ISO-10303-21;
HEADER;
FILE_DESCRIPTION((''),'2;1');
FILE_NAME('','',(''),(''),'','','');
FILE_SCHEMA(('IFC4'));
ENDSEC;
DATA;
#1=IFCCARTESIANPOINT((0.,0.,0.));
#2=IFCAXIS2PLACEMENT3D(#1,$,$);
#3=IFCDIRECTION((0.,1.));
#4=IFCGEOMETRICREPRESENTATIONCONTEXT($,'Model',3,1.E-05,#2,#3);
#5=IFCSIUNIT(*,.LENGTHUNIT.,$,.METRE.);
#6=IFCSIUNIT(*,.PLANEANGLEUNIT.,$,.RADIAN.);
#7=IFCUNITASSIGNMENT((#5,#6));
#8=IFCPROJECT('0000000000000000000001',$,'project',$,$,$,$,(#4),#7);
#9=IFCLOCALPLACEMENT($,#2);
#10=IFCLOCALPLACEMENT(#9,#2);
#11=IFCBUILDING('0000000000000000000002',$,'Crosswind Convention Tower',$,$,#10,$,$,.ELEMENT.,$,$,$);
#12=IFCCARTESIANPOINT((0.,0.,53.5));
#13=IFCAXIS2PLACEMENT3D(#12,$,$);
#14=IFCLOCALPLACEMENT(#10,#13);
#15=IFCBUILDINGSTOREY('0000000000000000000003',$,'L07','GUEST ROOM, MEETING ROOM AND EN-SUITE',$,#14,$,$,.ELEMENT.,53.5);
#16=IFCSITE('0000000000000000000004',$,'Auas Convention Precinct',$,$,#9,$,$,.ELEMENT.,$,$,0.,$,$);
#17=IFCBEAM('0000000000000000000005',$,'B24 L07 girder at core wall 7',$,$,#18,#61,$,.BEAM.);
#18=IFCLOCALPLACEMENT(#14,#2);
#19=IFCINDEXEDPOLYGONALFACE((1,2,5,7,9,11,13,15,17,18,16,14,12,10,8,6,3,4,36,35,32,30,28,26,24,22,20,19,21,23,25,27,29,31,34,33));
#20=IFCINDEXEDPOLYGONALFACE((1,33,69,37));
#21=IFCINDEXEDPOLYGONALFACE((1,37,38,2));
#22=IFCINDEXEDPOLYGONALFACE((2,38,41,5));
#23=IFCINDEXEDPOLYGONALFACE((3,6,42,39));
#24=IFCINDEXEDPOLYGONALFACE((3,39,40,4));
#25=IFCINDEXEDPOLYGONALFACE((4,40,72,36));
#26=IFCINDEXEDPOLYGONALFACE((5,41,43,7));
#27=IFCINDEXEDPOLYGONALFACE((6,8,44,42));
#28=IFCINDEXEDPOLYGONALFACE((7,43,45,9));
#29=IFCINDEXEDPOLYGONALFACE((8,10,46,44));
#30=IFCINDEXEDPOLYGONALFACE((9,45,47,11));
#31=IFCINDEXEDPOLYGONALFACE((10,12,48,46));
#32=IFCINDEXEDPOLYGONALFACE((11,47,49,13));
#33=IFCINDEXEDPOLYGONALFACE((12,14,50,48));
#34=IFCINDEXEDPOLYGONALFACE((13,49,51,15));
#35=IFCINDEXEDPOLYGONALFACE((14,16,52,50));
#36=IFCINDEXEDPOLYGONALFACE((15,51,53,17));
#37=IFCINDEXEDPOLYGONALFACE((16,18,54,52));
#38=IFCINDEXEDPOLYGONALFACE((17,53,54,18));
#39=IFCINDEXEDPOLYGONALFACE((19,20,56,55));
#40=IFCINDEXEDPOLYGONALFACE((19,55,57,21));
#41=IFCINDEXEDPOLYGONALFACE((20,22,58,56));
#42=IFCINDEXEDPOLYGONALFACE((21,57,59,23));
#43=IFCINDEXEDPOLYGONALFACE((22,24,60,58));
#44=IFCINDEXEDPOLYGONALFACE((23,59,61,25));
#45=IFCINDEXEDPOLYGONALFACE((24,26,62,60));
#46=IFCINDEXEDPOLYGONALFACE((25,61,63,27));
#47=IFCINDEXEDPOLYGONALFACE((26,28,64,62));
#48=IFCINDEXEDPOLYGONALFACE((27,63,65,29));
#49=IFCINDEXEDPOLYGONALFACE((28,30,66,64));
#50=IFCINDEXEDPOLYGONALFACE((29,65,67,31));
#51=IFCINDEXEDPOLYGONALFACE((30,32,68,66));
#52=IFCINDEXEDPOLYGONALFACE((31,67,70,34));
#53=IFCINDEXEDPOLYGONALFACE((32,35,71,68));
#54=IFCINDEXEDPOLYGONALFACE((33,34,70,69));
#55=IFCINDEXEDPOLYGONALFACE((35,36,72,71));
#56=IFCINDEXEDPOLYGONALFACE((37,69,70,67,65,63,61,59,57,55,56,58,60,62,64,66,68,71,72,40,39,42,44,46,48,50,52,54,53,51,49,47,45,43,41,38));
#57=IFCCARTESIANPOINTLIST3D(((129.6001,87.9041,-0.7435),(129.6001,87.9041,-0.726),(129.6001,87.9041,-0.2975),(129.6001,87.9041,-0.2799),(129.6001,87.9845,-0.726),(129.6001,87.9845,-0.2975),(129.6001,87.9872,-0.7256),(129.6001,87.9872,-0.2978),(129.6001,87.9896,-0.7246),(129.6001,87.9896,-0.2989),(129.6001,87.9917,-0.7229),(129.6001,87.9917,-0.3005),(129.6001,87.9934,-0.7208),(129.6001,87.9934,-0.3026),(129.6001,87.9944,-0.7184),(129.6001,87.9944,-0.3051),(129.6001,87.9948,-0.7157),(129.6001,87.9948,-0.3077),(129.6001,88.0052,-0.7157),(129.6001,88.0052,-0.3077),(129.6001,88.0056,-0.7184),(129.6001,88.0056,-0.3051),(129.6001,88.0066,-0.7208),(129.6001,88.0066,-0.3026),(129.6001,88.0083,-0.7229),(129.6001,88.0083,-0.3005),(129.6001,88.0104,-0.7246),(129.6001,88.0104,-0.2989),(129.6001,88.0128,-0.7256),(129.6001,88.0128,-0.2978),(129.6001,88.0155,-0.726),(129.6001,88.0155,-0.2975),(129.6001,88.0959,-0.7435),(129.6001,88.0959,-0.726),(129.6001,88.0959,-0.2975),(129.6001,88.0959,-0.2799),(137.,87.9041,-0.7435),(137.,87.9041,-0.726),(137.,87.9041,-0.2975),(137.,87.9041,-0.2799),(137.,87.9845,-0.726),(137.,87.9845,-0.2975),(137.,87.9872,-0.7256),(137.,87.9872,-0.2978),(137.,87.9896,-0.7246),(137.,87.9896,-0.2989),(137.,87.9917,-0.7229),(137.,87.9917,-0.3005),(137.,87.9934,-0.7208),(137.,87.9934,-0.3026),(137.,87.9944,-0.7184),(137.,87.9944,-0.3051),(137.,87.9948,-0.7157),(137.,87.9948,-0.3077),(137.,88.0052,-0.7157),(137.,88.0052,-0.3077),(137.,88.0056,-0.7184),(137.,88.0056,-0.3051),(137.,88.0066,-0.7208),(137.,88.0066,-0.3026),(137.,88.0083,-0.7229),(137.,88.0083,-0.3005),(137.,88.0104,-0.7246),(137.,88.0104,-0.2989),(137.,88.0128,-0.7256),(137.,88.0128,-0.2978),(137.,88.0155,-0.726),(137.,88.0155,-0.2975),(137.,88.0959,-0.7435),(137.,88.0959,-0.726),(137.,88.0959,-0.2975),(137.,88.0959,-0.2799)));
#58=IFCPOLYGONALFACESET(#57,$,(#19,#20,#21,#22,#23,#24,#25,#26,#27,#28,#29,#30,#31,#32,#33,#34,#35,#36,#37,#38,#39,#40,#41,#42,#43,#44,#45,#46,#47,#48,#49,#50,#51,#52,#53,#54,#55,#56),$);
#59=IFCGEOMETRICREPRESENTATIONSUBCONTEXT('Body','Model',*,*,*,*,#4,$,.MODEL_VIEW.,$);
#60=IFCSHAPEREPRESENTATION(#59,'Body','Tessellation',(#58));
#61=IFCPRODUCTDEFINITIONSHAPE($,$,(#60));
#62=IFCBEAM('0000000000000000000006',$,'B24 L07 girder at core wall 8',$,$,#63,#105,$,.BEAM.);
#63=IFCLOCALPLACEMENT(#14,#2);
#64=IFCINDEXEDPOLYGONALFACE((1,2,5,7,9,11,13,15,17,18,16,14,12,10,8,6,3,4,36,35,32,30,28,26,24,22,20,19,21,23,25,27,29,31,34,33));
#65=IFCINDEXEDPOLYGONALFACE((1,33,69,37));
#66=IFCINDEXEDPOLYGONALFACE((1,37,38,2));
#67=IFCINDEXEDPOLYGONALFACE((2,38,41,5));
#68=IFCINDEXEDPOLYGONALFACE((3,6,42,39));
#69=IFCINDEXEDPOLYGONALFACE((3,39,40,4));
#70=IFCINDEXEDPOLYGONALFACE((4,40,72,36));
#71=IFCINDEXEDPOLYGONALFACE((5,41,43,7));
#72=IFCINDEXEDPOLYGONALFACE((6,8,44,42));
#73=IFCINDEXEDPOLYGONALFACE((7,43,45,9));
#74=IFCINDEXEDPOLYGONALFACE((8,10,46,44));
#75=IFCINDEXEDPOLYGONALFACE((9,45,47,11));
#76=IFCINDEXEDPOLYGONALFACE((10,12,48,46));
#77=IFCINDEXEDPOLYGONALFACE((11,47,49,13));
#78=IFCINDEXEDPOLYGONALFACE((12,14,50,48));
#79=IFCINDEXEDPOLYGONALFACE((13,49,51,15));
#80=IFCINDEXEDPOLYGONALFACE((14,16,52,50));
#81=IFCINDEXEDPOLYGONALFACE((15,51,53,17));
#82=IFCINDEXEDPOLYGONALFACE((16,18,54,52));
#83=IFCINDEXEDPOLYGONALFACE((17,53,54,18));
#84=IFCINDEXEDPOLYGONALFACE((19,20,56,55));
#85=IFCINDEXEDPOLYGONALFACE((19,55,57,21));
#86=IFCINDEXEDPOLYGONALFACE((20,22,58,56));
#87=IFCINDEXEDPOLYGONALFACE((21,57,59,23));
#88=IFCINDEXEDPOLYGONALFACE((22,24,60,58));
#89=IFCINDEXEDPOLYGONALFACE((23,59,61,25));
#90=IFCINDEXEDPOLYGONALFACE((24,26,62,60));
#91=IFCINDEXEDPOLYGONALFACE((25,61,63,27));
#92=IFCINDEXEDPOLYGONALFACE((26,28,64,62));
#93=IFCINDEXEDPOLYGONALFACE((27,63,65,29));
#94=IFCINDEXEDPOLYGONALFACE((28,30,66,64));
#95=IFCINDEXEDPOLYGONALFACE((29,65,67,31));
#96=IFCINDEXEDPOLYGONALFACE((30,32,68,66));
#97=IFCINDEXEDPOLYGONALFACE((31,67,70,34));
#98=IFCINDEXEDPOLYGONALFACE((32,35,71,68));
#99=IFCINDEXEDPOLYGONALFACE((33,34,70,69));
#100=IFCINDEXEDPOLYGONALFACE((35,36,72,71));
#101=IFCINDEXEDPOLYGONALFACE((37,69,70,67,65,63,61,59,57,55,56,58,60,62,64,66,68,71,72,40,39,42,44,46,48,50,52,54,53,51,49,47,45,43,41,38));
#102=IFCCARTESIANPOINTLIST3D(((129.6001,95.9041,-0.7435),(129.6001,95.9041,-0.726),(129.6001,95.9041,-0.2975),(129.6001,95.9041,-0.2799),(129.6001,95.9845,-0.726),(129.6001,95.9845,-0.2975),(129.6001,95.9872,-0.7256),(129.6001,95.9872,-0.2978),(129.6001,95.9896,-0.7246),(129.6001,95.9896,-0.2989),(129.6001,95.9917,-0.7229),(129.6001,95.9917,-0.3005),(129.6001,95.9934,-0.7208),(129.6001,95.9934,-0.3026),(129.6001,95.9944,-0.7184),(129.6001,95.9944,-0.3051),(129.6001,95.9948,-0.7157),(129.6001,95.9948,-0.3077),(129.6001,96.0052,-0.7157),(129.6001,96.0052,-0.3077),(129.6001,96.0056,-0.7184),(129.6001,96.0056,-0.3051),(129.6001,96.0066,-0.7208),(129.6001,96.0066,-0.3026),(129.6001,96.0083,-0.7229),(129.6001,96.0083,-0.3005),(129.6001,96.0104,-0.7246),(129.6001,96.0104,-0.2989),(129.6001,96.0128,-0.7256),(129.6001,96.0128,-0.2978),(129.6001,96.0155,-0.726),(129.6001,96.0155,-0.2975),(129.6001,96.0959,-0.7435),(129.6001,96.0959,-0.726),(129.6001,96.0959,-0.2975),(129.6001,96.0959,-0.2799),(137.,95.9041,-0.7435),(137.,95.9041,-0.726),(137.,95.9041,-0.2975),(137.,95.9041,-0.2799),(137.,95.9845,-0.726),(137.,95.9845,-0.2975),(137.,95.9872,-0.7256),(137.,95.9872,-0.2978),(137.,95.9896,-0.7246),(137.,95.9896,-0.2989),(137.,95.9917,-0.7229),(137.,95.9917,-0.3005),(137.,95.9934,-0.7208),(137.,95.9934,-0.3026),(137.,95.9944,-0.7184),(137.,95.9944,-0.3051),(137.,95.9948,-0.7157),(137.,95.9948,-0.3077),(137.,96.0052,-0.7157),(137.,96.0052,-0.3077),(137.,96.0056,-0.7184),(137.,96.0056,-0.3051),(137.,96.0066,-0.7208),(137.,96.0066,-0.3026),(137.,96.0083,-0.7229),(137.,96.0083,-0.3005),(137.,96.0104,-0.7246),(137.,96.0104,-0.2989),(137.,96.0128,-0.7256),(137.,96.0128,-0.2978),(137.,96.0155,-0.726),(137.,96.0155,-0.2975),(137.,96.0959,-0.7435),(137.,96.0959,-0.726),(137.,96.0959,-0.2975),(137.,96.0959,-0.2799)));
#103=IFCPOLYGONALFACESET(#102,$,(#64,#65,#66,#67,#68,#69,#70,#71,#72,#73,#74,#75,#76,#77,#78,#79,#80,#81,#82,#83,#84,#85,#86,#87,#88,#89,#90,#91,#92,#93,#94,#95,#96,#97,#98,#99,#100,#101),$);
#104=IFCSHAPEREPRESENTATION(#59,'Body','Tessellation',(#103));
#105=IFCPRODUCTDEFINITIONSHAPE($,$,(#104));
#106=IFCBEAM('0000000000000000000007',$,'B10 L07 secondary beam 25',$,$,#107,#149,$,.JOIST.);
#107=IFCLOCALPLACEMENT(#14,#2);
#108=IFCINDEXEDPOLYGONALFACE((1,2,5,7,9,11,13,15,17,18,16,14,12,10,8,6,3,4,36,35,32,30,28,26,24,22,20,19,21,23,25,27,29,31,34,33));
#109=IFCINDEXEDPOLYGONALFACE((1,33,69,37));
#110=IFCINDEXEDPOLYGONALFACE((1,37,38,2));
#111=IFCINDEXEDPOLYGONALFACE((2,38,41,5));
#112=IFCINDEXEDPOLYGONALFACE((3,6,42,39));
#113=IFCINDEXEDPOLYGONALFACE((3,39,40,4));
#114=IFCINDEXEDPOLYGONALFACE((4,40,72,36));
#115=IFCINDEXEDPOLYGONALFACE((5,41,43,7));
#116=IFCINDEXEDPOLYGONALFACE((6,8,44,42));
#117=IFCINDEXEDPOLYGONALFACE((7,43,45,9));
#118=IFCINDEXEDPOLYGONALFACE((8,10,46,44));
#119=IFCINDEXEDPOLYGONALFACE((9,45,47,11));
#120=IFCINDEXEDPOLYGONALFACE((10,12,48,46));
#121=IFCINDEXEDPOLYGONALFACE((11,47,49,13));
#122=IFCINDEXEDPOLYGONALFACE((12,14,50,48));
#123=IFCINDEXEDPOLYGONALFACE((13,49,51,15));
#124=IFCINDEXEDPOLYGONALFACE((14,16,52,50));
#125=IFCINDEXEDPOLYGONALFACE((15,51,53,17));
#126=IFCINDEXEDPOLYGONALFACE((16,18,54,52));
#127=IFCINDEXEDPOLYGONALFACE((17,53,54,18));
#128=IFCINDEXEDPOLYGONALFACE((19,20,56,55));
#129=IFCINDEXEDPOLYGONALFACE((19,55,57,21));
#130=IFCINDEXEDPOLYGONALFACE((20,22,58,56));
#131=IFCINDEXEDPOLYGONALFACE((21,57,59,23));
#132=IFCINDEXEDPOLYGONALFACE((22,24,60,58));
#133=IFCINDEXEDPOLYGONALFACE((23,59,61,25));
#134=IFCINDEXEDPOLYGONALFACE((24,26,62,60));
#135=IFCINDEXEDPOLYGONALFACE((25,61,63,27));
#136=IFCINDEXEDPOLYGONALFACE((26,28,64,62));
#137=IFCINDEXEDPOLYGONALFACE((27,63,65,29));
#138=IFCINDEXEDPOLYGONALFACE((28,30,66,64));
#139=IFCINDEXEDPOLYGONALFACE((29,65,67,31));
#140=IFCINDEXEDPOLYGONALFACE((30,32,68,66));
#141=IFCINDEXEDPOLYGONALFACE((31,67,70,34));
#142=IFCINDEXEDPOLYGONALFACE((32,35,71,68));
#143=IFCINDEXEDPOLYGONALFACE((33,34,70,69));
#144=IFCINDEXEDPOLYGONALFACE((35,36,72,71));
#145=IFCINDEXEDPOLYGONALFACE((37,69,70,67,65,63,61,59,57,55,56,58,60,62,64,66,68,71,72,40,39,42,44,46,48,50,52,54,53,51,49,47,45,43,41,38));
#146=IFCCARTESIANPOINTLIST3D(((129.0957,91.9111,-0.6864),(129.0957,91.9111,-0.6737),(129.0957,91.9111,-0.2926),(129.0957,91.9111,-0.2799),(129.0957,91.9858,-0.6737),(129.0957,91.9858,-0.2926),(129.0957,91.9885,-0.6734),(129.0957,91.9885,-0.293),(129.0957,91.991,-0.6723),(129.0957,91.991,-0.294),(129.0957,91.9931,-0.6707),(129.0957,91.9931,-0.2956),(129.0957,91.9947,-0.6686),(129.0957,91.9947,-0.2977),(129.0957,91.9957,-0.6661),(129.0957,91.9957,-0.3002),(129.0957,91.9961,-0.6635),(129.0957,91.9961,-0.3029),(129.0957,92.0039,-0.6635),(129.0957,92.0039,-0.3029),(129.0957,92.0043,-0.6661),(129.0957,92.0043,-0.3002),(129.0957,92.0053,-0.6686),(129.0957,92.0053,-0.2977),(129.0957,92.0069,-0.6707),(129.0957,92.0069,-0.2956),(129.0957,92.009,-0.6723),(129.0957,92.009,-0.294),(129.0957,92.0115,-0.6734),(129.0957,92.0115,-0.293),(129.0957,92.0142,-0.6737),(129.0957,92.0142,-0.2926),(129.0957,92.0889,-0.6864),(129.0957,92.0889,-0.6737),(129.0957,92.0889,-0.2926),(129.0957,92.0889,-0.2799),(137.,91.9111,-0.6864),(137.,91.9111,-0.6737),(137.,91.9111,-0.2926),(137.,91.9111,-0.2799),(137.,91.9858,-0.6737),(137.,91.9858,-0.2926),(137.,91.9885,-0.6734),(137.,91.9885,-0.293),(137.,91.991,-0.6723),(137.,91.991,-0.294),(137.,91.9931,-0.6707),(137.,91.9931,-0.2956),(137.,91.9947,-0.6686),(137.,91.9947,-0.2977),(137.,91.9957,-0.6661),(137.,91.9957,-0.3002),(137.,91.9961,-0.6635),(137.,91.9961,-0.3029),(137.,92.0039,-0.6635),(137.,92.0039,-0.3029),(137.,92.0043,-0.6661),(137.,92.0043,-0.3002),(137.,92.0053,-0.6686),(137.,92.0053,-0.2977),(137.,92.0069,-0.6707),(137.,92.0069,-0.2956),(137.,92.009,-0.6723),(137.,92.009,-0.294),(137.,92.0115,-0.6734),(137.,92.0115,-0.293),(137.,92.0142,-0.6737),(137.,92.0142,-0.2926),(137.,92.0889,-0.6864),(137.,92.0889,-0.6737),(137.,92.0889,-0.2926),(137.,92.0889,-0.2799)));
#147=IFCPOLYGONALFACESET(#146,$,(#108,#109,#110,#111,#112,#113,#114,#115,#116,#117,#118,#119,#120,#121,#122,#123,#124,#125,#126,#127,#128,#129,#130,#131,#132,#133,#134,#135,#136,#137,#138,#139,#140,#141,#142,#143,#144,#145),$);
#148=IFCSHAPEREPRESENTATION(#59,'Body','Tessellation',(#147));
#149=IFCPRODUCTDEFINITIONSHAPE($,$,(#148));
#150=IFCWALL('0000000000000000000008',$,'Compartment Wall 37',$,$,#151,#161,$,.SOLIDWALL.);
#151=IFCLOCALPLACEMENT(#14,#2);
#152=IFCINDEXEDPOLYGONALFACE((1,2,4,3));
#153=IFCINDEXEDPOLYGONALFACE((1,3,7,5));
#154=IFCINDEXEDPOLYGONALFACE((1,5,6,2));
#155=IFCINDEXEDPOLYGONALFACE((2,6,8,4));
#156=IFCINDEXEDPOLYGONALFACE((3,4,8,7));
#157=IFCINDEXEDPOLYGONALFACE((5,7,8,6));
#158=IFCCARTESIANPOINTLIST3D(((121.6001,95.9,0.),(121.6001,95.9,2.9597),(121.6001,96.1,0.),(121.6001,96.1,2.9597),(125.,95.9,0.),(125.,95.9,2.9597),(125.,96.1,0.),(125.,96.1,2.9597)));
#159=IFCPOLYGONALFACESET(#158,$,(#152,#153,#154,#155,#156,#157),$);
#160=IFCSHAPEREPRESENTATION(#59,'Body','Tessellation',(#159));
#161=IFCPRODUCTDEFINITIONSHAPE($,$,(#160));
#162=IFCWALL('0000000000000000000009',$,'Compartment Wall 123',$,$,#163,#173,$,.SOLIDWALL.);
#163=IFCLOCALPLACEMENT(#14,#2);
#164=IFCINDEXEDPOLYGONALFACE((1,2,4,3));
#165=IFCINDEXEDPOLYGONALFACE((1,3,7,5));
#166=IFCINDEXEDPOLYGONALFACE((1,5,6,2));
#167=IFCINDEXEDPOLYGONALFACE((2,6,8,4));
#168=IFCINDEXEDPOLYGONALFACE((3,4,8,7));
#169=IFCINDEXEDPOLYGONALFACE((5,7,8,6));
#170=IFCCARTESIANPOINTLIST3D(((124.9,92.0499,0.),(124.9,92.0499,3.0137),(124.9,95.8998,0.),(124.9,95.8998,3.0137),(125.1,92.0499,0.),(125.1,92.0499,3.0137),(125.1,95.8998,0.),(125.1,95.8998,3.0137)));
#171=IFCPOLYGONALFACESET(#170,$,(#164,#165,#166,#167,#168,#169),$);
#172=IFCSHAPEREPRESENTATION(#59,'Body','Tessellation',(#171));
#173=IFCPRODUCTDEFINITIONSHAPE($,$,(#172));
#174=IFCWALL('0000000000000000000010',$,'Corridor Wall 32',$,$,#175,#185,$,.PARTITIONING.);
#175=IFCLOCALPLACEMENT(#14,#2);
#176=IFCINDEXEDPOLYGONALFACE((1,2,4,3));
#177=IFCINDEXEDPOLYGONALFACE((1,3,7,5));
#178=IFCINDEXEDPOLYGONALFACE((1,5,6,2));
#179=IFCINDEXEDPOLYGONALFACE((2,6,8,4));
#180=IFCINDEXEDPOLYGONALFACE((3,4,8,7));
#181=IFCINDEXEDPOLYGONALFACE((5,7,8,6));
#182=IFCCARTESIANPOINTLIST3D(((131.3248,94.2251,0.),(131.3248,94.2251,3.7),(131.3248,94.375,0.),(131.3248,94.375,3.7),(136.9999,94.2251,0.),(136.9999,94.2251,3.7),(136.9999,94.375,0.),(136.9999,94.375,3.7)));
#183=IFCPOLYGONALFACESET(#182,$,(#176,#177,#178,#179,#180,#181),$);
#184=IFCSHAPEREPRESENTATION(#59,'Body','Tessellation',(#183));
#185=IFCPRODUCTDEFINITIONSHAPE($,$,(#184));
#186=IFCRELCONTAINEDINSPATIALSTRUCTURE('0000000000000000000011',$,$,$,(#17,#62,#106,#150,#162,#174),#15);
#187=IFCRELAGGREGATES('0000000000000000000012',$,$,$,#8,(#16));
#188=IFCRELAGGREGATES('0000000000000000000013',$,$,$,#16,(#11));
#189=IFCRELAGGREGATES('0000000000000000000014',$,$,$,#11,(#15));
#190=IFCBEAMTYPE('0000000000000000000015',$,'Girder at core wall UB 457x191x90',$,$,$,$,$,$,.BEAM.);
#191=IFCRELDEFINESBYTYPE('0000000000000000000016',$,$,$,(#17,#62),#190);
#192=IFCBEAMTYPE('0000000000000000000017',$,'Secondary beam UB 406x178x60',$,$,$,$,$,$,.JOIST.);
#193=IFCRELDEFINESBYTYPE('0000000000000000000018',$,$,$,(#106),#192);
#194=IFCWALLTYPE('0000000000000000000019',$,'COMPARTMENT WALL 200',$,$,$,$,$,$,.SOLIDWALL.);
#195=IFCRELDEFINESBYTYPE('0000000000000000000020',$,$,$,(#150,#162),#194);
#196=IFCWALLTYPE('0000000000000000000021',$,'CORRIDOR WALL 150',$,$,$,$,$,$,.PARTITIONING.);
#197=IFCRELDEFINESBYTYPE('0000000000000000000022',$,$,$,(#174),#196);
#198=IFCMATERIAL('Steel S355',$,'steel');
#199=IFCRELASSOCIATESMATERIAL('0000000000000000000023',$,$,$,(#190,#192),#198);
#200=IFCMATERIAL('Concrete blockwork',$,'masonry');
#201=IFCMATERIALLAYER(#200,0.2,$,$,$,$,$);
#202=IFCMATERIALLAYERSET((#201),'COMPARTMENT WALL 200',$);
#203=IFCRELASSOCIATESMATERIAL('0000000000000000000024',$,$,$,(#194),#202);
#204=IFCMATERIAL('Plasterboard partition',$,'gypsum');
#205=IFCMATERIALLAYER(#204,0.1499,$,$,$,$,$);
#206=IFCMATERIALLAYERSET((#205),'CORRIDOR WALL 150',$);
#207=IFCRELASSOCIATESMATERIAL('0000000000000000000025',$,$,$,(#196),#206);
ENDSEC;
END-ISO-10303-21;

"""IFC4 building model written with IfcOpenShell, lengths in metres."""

from ifc_helpers import new_model, si_unit, direction, frame, frame_2d, origin, origin_2d, place, context, subcontext, project, spatial, rectangle, i_section, extrude, material, layer, layer_set, material_profile, profile_set, type_object, element, save


model = new_model("IFC4")

# Units and contexts
model_context = context("Model", 3, precision=1e-05, world=origin(), true_north=direction((0.0, 1.0)))
body_context = subcontext(model_context, "Body", "Model", "MODEL_VIEW")
ifc_project = project(units=[si_unit("LENGTHUNIT", "METRE"), si_unit("PLANEANGLEUNIT", "RADIAN")], contexts=[model_context])

# Site, building, storey
site_placement = place(None, origin())
site = spatial("IfcSite", under=ifc_project, at=site_placement, Name="Auas Convention Precinct", CompositionType="ELEMENT", RefElevation=0.0)
building_placement = place(site_placement, origin())
building = spatial("IfcBuilding", under=site, at=building_placement, Name="Crosswind Convention Tower", CompositionType="ELEMENT")
storey_placement = place(building_placement, frame((0.0, 0.0, 53.5)))
storey = spatial("IfcBuildingStorey", under=building, at=storey_placement, Name="L07", Description="GUEST ROOM, MEETING ROOM AND EN-SUITE", CompositionType="ELEMENT", Elevation=53.5)

# Beams
ifc_material_1 = material(Name="Steel S355", Category="steel")
ifc_material_profile_1 = material_profile(ifc_material_1, i_section(OverallWidth=0.1919, OverallDepth=0.4636, WebThickness=0.0105, FlangeThickness=0.0176, FilletRadius=0.0103, at=origin_2d()), Name="UB 457x191x90")
ifc_profile_set_1 = profile_set([ifc_material_profile_1], Name="Steel S355")
beam_type_1 = type_object("IfcBeamType", Name="Girder at core wall UB 457x191x90", PredefinedType="BEAM", material=ifc_profile_set_1)
for number, where, z_axis, x_axis, name in (
    (1, (129.6001, 88.0, -0.5117), (1.0, 0.0, 0.0), (0.0, 1.0, 0.0), "B24 L07 girder at core wall 7"),
    (2, (129.6001, 96.0, -0.5117), (1.0, 0.0, 0.0), (0.0, 1.0, 0.0), "B24 L07 girder at core wall 8"),
):
    element("IfcBeam", number, at=place(storey_placement, frame(where, z_axis=z_axis, x_axis=x_axis)), inside=storey, type_object=beam_type_1, Name=name, PredefinedType="BEAM", context=body_context, shape_type="SweptSolid", body=[
        extrude(i_section(OverallWidth=0.1919, OverallDepth=0.4636, WebThickness=0.0105, FlangeThickness=0.0176, FilletRadius=0.0103, at=origin_2d()), origin(), (0.0, 0.0, 1.0), 7.3999),
    ])
ifc_material_profile_2 = material_profile(ifc_material_1, i_section(OverallWidth=0.1777, OverallDepth=0.4065, WebThickness=0.0078, FlangeThickness=0.0127, FilletRadius=0.0103, at=origin_2d()), Name="UB 406x178x60")
ifc_profile_set_2 = profile_set([ifc_material_profile_2], Name="Steel S355")
beam_type_2 = type_object("IfcBeamType", Name="Secondary beam UB 406x178x60", PredefinedType="JOIST", material=ifc_profile_set_2)
beam_placement = place(storey_placement, frame((129.0957, 92.0, -0.4832), z_axis=(1.0, 0.0, 0.0), x_axis=(0.0, 1.0, 0.0)))
element("IfcBeam", 3, at=beam_placement, inside=storey, type_object=beam_type_2, Name="B10 L07 secondary beam 25", PredefinedType="JOIST", context=body_context, shape_type="SweptSolid", body=[
    extrude(i_section(OverallWidth=0.1777, OverallDepth=0.4065, WebThickness=0.0078, FlangeThickness=0.0127, FilletRadius=0.0103, at=origin_2d()), origin(), (0.0, 0.0, 1.0), 7.9043),
])

# Walls
ifc_material_2 = material(Name="Concrete blockwork", Category="masonry")
ifc_layer_1 = layer(ifc_material_2, 0.2)
ifc_layer_set_1 = layer_set([ifc_layer_1], Name="COMPARTMENT WALL 200")
wall_type_1 = type_object("IfcWallType", Name="COMPARTMENT WALL 200", PredefinedType="SOLIDWALL", material=ifc_layer_set_1)
wall_1_placement = place(storey_placement, frame((121.6001, 96.0, 0.0), z_axis=(0.0, 0.0, 1.0), x_axis=(1.0, 0.0, 0.0)))
element("IfcWall", 4, at=wall_1_placement, inside=storey, type_object=wall_type_1, Name="Compartment Wall 37", PredefinedType="SOLIDWALL", context=body_context, shape_type="SweptSolid", body=[
    extrude(rectangle(XDim=3.3999, YDim=0.2, at=frame_2d((1.7, 0.0))), origin(), (0.0, 0.0, 1.0), 2.9597),
])
wall_2_placement = place(storey_placement, frame((125.0, 92.05, 0.0), z_axis=(0.0, 0.0, 1.0), x_axis=(0.0, 1.0, 0.0)))
element("IfcWall", 5, at=wall_2_placement, inside=storey, type_object=wall_type_1, Name="Compartment Wall 123", PredefinedType="SOLIDWALL", context=body_context, shape_type="SweptSolid", body=[
    extrude(rectangle(XDim=3.8499, YDim=0.2, at=frame_2d((1.9248, 0.0))), origin(), (0.0, 0.0, 1.0), 3.0137),
])
ifc_material_3 = material(Name="Plasterboard partition", Category="gypsum")
ifc_layer_2 = layer(ifc_material_3, 0.1499)
ifc_layer_set_2 = layer_set([ifc_layer_2], Name="CORRIDOR WALL 150")
wall_type_2 = type_object("IfcWallType", Name="CORRIDOR WALL 150", PredefinedType="PARTITIONING", material=ifc_layer_set_2)
wall_3_placement = place(storey_placement, frame((131.325, 94.3, 0.0), z_axis=(0.0, 0.0, 1.0), x_axis=(1.0, 0.0, 0.0)))
element("IfcWall", 6, at=wall_3_placement, inside=storey, type_object=wall_type_2, Name="Corridor Wall 32", PredefinedType="PARTITIONING", context=body_context, shape_type="SweptSolid", body=[
    extrude(rectangle(XDim=5.675, YDim=0.1499, at=frame_2d((2.8374, 0.0))), origin(), (0.0, 0.0, 1.0), 3.7),
])

save(model, "model.ifc")
